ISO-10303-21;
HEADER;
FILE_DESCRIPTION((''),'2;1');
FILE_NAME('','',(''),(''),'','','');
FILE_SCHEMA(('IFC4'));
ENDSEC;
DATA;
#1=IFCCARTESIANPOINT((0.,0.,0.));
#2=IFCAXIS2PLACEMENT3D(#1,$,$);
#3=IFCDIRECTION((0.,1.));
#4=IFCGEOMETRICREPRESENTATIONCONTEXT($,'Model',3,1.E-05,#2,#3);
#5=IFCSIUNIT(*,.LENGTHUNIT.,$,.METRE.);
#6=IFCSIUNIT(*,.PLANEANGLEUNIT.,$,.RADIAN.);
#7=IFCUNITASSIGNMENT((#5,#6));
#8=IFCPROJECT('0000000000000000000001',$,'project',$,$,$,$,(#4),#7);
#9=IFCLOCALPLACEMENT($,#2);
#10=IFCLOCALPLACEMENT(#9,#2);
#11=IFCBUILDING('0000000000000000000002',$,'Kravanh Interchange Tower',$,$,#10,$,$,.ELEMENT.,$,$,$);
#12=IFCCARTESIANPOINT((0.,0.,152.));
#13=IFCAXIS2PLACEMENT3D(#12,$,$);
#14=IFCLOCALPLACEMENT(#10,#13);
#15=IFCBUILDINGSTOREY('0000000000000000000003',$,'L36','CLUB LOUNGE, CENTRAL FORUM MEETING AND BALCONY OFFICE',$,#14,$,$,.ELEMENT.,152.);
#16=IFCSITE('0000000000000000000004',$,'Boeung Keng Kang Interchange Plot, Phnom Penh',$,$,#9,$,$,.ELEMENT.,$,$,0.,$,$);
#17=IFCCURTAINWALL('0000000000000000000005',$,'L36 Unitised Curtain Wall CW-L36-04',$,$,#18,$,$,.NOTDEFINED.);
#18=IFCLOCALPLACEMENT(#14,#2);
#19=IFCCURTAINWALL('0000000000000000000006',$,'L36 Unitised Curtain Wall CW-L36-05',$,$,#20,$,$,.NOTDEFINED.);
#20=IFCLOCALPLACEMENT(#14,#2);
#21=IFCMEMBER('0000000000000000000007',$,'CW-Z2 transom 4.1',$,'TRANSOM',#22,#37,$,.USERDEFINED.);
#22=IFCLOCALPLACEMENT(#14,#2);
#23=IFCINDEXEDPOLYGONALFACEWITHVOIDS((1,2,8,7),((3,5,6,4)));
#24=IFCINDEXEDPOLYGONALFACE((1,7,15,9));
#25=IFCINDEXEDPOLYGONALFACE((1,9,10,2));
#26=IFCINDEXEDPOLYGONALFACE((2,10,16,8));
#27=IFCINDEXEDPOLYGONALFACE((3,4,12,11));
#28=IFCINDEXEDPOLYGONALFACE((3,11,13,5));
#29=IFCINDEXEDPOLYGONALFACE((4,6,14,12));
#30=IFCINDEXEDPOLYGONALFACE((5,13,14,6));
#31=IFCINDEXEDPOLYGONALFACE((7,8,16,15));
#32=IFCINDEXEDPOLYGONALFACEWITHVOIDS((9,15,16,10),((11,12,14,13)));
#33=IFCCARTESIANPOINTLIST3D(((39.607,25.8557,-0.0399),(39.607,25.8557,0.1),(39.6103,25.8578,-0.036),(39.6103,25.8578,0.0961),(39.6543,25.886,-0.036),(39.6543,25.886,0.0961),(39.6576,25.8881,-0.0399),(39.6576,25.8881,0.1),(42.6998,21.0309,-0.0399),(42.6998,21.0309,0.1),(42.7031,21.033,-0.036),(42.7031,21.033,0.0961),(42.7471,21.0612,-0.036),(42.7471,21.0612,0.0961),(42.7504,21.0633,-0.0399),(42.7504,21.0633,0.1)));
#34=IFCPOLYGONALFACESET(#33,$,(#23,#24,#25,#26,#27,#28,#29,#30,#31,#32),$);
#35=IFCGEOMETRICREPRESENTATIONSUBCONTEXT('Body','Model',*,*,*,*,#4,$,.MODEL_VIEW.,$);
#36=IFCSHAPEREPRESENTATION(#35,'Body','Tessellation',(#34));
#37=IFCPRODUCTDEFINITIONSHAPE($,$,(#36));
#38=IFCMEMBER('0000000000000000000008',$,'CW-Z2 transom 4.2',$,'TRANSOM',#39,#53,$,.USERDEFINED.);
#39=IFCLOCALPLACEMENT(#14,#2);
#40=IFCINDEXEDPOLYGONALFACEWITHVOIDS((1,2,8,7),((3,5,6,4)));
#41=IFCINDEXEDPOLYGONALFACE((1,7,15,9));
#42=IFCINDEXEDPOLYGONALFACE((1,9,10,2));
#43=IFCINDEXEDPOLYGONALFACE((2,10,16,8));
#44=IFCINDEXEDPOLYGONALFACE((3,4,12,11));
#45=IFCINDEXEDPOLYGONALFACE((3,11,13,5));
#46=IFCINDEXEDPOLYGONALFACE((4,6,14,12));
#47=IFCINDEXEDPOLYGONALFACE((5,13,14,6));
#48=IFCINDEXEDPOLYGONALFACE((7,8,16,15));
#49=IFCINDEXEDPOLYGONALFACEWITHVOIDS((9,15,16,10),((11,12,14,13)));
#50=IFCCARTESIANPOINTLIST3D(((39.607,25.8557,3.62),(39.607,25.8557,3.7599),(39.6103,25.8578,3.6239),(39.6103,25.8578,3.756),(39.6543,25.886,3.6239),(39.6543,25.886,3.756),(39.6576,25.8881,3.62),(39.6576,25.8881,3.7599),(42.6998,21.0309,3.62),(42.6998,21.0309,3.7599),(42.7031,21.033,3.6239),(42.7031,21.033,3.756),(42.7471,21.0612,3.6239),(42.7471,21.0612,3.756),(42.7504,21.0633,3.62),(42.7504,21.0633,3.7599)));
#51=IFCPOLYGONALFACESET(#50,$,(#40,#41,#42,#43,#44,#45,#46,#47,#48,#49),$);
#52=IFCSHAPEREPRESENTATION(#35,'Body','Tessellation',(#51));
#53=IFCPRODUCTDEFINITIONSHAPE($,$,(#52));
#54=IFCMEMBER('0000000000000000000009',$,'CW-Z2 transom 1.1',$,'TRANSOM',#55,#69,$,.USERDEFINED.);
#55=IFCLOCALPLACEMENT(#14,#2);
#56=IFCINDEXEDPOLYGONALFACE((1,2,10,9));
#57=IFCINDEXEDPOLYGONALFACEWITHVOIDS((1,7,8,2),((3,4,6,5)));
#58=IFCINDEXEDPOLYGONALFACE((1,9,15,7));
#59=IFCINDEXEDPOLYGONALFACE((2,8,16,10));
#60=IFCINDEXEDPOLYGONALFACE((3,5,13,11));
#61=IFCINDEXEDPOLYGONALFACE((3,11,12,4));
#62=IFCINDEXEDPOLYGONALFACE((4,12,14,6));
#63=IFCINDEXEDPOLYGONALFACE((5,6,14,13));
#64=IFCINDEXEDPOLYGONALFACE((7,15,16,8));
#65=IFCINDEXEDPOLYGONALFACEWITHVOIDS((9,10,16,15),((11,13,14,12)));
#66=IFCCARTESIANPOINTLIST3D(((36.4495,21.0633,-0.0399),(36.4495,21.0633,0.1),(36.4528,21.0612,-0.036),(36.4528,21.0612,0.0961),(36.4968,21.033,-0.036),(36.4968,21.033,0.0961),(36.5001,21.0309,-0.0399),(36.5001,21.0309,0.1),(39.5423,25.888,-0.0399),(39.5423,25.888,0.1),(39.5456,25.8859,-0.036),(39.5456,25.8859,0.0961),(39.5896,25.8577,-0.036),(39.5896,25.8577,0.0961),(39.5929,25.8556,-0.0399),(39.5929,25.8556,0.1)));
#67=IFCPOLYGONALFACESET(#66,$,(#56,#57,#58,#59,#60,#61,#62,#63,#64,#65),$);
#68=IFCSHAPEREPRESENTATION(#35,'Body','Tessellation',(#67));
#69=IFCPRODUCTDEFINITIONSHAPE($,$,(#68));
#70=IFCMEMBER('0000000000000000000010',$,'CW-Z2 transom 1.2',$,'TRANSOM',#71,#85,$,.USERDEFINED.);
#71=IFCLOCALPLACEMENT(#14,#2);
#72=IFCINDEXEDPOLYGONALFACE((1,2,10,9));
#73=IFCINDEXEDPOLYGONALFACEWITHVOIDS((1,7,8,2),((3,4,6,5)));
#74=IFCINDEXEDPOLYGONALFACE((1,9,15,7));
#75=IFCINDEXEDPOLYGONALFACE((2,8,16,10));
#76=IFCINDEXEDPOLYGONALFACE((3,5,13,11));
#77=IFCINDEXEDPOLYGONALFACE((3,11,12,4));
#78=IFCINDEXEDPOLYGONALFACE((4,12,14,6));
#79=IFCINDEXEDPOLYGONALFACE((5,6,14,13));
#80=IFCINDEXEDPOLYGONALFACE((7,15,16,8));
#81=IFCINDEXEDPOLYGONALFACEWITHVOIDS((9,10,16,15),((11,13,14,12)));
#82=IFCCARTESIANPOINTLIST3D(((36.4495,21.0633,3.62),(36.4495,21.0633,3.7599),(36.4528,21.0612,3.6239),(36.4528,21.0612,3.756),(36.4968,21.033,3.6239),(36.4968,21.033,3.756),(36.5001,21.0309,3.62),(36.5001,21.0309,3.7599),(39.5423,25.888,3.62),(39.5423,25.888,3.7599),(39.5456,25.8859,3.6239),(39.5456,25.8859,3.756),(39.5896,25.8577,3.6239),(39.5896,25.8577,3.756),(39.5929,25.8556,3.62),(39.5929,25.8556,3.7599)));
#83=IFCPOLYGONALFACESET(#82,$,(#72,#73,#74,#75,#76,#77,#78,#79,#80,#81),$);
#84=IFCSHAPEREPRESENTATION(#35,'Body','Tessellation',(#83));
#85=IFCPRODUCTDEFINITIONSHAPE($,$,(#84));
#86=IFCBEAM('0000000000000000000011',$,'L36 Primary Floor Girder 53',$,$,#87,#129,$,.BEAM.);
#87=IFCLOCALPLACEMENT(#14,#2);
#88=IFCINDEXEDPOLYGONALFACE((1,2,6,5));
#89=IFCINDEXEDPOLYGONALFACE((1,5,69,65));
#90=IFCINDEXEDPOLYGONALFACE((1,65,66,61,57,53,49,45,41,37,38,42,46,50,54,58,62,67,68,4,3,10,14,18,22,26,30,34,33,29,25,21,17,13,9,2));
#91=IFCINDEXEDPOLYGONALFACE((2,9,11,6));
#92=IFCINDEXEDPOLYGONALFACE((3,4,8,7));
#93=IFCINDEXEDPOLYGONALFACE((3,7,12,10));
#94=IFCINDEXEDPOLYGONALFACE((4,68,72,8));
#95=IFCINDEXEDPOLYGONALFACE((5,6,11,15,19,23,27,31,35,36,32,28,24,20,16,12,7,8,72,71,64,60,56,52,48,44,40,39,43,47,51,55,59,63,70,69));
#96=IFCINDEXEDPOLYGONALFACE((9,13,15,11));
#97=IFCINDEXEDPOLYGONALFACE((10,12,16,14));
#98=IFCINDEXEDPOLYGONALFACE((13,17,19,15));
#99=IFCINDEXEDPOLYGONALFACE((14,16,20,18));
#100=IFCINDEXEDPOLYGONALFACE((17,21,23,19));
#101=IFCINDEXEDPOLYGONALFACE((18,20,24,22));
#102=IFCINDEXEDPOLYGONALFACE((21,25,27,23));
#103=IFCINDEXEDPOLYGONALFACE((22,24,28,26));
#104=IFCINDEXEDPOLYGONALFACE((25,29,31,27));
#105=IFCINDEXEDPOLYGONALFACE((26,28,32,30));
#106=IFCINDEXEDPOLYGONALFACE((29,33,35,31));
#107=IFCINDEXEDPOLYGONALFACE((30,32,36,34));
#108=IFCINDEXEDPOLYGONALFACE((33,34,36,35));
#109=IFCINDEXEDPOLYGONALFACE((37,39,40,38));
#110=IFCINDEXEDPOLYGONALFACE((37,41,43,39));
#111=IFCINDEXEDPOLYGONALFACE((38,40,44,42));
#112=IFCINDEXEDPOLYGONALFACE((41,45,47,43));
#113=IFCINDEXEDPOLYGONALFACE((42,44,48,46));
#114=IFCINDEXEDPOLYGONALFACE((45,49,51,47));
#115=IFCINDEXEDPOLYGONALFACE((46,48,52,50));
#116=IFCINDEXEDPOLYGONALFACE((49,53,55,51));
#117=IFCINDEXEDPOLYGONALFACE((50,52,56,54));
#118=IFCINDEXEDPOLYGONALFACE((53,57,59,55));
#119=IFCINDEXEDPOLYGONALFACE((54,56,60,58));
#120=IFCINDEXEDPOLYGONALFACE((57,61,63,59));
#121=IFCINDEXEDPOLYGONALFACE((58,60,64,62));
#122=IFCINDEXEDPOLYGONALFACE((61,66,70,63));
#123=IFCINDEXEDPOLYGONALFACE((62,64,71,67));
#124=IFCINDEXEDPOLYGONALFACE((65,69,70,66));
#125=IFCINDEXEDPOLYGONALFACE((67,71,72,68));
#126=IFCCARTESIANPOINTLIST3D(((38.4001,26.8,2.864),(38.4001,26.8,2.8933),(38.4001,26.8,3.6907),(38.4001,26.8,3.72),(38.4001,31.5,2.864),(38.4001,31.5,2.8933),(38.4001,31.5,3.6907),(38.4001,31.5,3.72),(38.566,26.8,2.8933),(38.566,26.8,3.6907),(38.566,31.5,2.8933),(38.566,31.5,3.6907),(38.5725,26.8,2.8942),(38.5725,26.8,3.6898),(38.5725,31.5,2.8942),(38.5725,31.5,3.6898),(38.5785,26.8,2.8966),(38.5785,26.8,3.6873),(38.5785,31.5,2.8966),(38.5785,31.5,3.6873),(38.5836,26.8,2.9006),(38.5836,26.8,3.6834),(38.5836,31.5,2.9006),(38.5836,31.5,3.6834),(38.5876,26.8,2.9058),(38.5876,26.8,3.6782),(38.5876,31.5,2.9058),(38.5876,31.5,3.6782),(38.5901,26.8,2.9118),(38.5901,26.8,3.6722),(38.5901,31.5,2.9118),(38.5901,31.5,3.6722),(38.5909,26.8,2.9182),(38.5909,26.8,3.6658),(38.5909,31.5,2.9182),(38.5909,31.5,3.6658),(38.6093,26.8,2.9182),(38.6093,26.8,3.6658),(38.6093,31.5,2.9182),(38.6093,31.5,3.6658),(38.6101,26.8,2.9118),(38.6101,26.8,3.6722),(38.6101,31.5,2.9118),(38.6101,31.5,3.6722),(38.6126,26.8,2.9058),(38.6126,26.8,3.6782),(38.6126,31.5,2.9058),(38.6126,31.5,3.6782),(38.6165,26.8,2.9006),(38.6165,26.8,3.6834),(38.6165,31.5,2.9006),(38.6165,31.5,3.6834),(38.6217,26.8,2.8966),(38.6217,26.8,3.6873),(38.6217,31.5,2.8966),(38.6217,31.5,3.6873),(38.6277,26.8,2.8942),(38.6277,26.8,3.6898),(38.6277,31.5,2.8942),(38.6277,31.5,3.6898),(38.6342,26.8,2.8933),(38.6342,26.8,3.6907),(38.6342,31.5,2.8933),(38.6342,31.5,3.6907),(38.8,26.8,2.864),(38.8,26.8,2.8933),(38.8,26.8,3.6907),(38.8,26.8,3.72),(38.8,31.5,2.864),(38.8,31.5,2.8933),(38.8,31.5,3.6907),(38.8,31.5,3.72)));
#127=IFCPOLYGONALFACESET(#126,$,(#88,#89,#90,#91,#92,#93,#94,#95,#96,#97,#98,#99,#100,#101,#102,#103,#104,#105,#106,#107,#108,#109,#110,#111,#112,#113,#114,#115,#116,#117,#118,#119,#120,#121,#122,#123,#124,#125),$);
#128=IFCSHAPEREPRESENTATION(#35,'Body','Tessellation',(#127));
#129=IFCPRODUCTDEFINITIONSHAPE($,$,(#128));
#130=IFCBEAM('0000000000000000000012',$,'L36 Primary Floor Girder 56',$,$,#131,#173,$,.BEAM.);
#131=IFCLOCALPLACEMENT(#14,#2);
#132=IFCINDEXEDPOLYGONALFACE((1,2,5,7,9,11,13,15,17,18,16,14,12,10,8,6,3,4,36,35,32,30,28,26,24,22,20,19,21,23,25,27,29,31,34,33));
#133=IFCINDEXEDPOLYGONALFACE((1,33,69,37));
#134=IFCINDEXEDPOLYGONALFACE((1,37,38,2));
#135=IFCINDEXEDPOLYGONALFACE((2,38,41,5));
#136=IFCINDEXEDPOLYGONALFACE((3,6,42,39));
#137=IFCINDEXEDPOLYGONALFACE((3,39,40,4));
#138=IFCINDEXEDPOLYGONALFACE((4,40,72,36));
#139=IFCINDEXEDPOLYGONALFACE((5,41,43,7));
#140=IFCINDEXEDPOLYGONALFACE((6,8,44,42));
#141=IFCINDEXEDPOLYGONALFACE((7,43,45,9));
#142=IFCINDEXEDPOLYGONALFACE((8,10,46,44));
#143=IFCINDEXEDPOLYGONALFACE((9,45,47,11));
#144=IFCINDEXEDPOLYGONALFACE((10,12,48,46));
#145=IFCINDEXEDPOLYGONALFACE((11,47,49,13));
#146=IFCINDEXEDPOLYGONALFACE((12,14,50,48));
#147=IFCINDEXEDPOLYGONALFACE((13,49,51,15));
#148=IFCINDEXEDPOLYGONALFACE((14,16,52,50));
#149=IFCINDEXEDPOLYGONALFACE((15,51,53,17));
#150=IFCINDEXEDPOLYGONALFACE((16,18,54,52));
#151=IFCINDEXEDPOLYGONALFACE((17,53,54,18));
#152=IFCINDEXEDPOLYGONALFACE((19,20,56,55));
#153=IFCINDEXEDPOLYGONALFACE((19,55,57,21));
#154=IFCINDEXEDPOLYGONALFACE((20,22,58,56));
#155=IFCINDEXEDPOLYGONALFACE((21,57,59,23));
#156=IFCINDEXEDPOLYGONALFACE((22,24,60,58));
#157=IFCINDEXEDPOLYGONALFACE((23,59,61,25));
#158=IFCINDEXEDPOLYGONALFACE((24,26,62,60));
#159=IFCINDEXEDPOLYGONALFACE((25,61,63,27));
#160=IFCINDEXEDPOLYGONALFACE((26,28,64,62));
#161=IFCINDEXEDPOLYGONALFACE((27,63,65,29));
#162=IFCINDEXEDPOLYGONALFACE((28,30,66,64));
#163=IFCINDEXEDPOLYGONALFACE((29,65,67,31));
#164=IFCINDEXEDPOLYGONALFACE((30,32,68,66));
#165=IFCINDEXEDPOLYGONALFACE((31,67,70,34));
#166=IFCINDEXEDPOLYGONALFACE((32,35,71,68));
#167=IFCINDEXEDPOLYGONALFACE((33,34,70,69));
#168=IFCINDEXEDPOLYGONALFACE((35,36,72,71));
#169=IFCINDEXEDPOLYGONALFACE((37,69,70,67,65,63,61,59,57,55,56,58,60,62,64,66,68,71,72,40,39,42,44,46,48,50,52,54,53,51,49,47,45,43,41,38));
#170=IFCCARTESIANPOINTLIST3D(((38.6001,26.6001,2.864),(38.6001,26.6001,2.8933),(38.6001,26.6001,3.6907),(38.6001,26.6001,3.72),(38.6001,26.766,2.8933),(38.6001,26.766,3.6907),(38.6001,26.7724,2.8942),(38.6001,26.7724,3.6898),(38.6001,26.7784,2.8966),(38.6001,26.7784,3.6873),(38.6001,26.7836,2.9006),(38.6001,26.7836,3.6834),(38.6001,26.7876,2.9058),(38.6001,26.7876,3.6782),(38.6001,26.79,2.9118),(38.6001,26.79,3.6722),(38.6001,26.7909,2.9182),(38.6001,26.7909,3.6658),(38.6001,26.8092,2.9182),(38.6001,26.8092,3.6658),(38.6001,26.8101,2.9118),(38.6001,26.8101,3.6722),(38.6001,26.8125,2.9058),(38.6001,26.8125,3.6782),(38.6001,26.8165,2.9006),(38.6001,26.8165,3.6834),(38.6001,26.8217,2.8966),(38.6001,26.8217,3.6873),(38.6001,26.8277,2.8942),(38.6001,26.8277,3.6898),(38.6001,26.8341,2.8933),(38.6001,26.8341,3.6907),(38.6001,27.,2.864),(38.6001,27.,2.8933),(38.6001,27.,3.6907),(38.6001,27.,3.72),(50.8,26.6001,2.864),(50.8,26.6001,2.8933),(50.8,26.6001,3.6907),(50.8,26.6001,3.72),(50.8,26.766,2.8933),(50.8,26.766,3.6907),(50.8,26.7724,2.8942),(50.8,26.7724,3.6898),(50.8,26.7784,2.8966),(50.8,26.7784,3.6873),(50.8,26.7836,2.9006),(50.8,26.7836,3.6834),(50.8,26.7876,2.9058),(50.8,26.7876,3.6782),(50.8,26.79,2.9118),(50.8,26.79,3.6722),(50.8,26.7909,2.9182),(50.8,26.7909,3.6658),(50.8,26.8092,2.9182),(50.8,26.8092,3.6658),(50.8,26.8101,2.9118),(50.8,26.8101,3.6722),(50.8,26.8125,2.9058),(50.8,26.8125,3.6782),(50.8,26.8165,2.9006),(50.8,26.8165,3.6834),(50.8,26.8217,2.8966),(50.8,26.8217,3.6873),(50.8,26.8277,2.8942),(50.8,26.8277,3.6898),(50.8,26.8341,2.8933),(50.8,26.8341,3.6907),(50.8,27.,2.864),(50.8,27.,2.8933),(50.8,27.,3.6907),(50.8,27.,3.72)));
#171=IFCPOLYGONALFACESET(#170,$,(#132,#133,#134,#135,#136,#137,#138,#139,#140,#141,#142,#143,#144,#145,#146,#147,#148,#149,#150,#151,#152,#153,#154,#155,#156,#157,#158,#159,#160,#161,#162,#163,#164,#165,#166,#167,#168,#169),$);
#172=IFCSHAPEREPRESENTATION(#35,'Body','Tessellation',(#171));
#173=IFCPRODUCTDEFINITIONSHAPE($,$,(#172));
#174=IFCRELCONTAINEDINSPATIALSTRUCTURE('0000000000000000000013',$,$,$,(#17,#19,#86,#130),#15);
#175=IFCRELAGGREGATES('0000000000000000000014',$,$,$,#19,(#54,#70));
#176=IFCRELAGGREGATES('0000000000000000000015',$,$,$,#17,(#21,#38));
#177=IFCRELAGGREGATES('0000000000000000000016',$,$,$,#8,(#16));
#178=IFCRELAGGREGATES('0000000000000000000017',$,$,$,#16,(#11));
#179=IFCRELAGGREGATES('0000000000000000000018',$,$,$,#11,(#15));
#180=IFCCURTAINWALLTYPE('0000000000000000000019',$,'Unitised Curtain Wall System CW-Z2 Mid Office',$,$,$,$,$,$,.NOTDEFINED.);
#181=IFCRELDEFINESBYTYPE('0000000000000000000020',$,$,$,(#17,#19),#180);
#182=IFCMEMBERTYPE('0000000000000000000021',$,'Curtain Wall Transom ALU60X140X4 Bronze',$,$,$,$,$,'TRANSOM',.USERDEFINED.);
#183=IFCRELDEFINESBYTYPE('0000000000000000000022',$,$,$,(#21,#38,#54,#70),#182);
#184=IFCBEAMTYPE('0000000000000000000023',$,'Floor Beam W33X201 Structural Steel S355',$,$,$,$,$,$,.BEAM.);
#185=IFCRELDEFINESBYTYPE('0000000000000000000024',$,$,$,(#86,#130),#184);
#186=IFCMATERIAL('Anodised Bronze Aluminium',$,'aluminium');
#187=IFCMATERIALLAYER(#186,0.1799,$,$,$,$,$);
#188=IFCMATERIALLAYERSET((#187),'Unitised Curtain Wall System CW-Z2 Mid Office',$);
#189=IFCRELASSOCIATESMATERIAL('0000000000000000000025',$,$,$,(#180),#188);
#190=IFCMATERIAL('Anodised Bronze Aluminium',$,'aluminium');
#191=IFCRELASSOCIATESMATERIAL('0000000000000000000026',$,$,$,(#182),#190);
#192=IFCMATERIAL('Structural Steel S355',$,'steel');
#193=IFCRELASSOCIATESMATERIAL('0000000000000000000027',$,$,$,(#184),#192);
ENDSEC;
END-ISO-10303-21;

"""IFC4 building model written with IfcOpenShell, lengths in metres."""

from ifc_helpers import new_model, si_unit, direction, frame, origin, origin_2d, place, context, subcontext, project, spatial, hollow_rectangle, i_section, extrude, material, layer, layer_set, material_profile, profile_set, type_object, element, aggregate, save


model = new_model("IFC4")

# Units and contexts
model_context = context("Model", 3, precision=1e-05, world=origin(), true_north=direction((0.0, 1.0)))
body_context = subcontext(model_context, "Body", "Model", "MODEL_VIEW")
ifc_project = project(units=[si_unit("LENGTHUNIT", "METRE"), si_unit("PLANEANGLEUNIT", "RADIAN")], contexts=[model_context])

# Site, building, storey
site_placement = place(None, origin())
site = spatial("IfcSite", under=ifc_project, at=site_placement, Name="Boeung Keng Kang Interchange Plot, Phnom Penh", CompositionType="ELEMENT", RefElevation=0.0)
building_placement = place(site_placement, origin())
building = spatial("IfcBuilding", under=site, at=building_placement, Name="Kravanh Interchange Tower", CompositionType="ELEMENT")
storey_placement = place(building_placement, frame((0.0, 0.0, 152.0)))
storey = spatial("IfcBuildingStorey", under=building, at=storey_placement, Name="L36", Description="CLUB LOUNGE, CENTRAL FORUM MEETING AND BALCONY OFFICE", CompositionType="ELEMENT", Elevation=152.0)

# Curtain wall
ifc_material_1 = material(Name="Anodised Bronze Aluminium", Category="aluminium")
ifc_layer_1 = layer(ifc_material_1, 0.1799)
ifc_layer_set_1 = layer_set([ifc_layer_1], Name="Unitised Curtain Wall System CW-Z2 Mid Office")
curtain_wall_type = type_object("IfcCurtainWallType", Name="Unitised Curtain Wall System CW-Z2 Mid Office", PredefinedType="NOTDEFINED", material=ifc_layer_set_1)
curtain_wall_1_placement = place(storey_placement, origin())
curtain_wall_1 = element("IfcCurtainWall", 1, at=curtain_wall_1_placement, inside=storey, type_object=curtain_wall_type, Name="L36 Unitised Curtain Wall CW-L36-04", PredefinedType="NOTDEFINED")

# Curtain wall
curtain_wall_2_placement = place(storey_placement, origin())
curtain_wall_2 = element("IfcCurtainWall", 2, at=curtain_wall_2_placement, inside=storey, type_object=curtain_wall_type, Name="L36 Unitised Curtain Wall CW-L36-05", PredefinedType="NOTDEFINED")

# Members
ifc_material_2 = material(Name="Anodised Bronze Aluminium", Category="aluminium")
ifc_material_profile_1 = material_profile(ifc_material_2, hollow_rectangle(XDim=0.0601, YDim=0.1399, WallThickness=0.0039, at=origin_2d()), Name="ALU60X140X4")
ifc_profile_set_1 = profile_set([ifc_material_profile_1], Name="Anodised Bronze Aluminium")
member_type_1 = type_object("IfcMemberType", Name="Curtain Wall Transom ALU60X140X4 Bronze", ElementType="TRANSOM", PredefinedType="USERDEFINED", material=ifc_profile_set_1)
member_1_placement = place(storey_placement, frame((42.7251, 21.0471, 0.03), z_axis=(-0.539668, 0.841878, 0.0), x_axis=(-0.841878, -0.539668, 0.0)))
member_1 = element("IfcMember", 3, at=member_1_placement, type_object=member_type_1, Name="CW-Z2 transom 4.1", ObjectType="TRANSOM", PredefinedType="USERDEFINED", context=body_context, shape_type="SweptSolid", body=[
    extrude(hollow_rectangle(XDim=0.0601, YDim=0.1399, WallThickness=0.0039, at=origin_2d()), origin(), (0.0, 0.0, 1.0), 5.731),
])
member_2_placement = place(storey_placement, frame((42.7251, 21.0471, 3.6899), z_axis=(-0.539668, 0.841878, 0.0), x_axis=(-0.841878, -0.539668, 0.0)))
member_2 = element("IfcMember", 4, at=member_2_placement, type_object=member_type_1, Name="CW-Z2 transom 4.2", ObjectType="TRANSOM", PredefinedType="USERDEFINED", context=body_context, shape_type="SweptSolid", body=[
    extrude(hollow_rectangle(XDim=0.0601, YDim=0.1399, WallThickness=0.0039, at=origin_2d()), origin(), (0.0, 0.0, 1.0), 5.731),
])
member_3_placement = place(storey_placement, frame((39.5676, 25.8718, 0.03), z_axis=(-0.539668, -0.841878, 0.0), x_axis=(0.841878, -0.539668, 0.0)))
member_3 = element("IfcMember", 5, at=member_3_placement, type_object=member_type_1, Name="CW-Z2 transom 1.1", ObjectType="TRANSOM", PredefinedType="USERDEFINED", context=body_context, shape_type="SweptSolid", body=[
    extrude(hollow_rectangle(XDim=0.0601, YDim=0.1399, WallThickness=0.0039, at=origin_2d()), origin(), (0.0, 0.0, 1.0), 5.731),
])
member_4_placement = place(storey_placement, frame((39.5676, 25.8718, 3.6899), z_axis=(-0.539668, -0.841878, 0.0), x_axis=(0.841878, -0.539668, 0.0)))
member_4 = element("IfcMember", 6, at=member_4_placement, type_object=member_type_1, Name="CW-Z2 transom 1.2", ObjectType="TRANSOM", PredefinedType="USERDEFINED", context=body_context, shape_type="SweptSolid", body=[
    extrude(hollow_rectangle(XDim=0.0601, YDim=0.1399, WallThickness=0.0039, at=origin_2d()), origin(), (0.0, 0.0, 1.0), 5.731),
])
aggregate(curtain_wall_2, [member_3, member_4])

# Beams
ifc_material_3 = material(Name="Structural Steel S355", Category="steel")
ifc_material_profile_2 = material_profile(ifc_material_3, i_section(OverallWidth=0.3999, OverallDepth=0.856, WebThickness=0.0183, FlangeThickness=0.0293, FilletRadius=0.0249, at=origin_2d()), Name="W33X201")
ifc_profile_set_2 = profile_set([ifc_material_profile_2], Name="Structural Steel S355")
beam_type_1 = type_object("IfcBeamType", Name="Floor Beam W33X201 Structural Steel S355", PredefinedType="BEAM", material=ifc_profile_set_2)
beam_1_placement = place(storey_placement, frame((38.6001, 26.8, 3.292), z_axis=(0.0, 1.0, 0.0), x_axis=(-1.0, 0.0, 0.0)))
element("IfcBeam", 7, at=beam_1_placement, inside=storey, type_object=beam_type_1, Name="L36 Primary Floor Girder 53", PredefinedType="BEAM", context=body_context, shape_type="SweptSolid", body=[
    extrude(i_section(OverallWidth=0.3999, OverallDepth=0.856, WebThickness=0.0183, FlangeThickness=0.0293, FilletRadius=0.0249, at=origin_2d()), origin(), (0.0, 0.0, 1.0), 4.7),
])
beam_2_placement = place(storey_placement, frame((38.6001, 26.8, 3.292), z_axis=(1.0, 0.0, 0.0), x_axis=(0.0, 1.0, 0.0)))
element("IfcBeam", 8, at=beam_2_placement, inside=storey, type_object=beam_type_1, Name="L36 Primary Floor Girder 56", PredefinedType="BEAM", context=body_context, shape_type="SweptSolid", body=[
    extrude(i_section(OverallWidth=0.3999, OverallDepth=0.856, WebThickness=0.0183, FlangeThickness=0.0293, FilletRadius=0.0249, at=origin_2d()), origin(), (0.0, 0.0, 1.0), 12.2),
])

aggregate(curtain_wall_1, [member_1, member_2])

save(model, "model.ifc")
